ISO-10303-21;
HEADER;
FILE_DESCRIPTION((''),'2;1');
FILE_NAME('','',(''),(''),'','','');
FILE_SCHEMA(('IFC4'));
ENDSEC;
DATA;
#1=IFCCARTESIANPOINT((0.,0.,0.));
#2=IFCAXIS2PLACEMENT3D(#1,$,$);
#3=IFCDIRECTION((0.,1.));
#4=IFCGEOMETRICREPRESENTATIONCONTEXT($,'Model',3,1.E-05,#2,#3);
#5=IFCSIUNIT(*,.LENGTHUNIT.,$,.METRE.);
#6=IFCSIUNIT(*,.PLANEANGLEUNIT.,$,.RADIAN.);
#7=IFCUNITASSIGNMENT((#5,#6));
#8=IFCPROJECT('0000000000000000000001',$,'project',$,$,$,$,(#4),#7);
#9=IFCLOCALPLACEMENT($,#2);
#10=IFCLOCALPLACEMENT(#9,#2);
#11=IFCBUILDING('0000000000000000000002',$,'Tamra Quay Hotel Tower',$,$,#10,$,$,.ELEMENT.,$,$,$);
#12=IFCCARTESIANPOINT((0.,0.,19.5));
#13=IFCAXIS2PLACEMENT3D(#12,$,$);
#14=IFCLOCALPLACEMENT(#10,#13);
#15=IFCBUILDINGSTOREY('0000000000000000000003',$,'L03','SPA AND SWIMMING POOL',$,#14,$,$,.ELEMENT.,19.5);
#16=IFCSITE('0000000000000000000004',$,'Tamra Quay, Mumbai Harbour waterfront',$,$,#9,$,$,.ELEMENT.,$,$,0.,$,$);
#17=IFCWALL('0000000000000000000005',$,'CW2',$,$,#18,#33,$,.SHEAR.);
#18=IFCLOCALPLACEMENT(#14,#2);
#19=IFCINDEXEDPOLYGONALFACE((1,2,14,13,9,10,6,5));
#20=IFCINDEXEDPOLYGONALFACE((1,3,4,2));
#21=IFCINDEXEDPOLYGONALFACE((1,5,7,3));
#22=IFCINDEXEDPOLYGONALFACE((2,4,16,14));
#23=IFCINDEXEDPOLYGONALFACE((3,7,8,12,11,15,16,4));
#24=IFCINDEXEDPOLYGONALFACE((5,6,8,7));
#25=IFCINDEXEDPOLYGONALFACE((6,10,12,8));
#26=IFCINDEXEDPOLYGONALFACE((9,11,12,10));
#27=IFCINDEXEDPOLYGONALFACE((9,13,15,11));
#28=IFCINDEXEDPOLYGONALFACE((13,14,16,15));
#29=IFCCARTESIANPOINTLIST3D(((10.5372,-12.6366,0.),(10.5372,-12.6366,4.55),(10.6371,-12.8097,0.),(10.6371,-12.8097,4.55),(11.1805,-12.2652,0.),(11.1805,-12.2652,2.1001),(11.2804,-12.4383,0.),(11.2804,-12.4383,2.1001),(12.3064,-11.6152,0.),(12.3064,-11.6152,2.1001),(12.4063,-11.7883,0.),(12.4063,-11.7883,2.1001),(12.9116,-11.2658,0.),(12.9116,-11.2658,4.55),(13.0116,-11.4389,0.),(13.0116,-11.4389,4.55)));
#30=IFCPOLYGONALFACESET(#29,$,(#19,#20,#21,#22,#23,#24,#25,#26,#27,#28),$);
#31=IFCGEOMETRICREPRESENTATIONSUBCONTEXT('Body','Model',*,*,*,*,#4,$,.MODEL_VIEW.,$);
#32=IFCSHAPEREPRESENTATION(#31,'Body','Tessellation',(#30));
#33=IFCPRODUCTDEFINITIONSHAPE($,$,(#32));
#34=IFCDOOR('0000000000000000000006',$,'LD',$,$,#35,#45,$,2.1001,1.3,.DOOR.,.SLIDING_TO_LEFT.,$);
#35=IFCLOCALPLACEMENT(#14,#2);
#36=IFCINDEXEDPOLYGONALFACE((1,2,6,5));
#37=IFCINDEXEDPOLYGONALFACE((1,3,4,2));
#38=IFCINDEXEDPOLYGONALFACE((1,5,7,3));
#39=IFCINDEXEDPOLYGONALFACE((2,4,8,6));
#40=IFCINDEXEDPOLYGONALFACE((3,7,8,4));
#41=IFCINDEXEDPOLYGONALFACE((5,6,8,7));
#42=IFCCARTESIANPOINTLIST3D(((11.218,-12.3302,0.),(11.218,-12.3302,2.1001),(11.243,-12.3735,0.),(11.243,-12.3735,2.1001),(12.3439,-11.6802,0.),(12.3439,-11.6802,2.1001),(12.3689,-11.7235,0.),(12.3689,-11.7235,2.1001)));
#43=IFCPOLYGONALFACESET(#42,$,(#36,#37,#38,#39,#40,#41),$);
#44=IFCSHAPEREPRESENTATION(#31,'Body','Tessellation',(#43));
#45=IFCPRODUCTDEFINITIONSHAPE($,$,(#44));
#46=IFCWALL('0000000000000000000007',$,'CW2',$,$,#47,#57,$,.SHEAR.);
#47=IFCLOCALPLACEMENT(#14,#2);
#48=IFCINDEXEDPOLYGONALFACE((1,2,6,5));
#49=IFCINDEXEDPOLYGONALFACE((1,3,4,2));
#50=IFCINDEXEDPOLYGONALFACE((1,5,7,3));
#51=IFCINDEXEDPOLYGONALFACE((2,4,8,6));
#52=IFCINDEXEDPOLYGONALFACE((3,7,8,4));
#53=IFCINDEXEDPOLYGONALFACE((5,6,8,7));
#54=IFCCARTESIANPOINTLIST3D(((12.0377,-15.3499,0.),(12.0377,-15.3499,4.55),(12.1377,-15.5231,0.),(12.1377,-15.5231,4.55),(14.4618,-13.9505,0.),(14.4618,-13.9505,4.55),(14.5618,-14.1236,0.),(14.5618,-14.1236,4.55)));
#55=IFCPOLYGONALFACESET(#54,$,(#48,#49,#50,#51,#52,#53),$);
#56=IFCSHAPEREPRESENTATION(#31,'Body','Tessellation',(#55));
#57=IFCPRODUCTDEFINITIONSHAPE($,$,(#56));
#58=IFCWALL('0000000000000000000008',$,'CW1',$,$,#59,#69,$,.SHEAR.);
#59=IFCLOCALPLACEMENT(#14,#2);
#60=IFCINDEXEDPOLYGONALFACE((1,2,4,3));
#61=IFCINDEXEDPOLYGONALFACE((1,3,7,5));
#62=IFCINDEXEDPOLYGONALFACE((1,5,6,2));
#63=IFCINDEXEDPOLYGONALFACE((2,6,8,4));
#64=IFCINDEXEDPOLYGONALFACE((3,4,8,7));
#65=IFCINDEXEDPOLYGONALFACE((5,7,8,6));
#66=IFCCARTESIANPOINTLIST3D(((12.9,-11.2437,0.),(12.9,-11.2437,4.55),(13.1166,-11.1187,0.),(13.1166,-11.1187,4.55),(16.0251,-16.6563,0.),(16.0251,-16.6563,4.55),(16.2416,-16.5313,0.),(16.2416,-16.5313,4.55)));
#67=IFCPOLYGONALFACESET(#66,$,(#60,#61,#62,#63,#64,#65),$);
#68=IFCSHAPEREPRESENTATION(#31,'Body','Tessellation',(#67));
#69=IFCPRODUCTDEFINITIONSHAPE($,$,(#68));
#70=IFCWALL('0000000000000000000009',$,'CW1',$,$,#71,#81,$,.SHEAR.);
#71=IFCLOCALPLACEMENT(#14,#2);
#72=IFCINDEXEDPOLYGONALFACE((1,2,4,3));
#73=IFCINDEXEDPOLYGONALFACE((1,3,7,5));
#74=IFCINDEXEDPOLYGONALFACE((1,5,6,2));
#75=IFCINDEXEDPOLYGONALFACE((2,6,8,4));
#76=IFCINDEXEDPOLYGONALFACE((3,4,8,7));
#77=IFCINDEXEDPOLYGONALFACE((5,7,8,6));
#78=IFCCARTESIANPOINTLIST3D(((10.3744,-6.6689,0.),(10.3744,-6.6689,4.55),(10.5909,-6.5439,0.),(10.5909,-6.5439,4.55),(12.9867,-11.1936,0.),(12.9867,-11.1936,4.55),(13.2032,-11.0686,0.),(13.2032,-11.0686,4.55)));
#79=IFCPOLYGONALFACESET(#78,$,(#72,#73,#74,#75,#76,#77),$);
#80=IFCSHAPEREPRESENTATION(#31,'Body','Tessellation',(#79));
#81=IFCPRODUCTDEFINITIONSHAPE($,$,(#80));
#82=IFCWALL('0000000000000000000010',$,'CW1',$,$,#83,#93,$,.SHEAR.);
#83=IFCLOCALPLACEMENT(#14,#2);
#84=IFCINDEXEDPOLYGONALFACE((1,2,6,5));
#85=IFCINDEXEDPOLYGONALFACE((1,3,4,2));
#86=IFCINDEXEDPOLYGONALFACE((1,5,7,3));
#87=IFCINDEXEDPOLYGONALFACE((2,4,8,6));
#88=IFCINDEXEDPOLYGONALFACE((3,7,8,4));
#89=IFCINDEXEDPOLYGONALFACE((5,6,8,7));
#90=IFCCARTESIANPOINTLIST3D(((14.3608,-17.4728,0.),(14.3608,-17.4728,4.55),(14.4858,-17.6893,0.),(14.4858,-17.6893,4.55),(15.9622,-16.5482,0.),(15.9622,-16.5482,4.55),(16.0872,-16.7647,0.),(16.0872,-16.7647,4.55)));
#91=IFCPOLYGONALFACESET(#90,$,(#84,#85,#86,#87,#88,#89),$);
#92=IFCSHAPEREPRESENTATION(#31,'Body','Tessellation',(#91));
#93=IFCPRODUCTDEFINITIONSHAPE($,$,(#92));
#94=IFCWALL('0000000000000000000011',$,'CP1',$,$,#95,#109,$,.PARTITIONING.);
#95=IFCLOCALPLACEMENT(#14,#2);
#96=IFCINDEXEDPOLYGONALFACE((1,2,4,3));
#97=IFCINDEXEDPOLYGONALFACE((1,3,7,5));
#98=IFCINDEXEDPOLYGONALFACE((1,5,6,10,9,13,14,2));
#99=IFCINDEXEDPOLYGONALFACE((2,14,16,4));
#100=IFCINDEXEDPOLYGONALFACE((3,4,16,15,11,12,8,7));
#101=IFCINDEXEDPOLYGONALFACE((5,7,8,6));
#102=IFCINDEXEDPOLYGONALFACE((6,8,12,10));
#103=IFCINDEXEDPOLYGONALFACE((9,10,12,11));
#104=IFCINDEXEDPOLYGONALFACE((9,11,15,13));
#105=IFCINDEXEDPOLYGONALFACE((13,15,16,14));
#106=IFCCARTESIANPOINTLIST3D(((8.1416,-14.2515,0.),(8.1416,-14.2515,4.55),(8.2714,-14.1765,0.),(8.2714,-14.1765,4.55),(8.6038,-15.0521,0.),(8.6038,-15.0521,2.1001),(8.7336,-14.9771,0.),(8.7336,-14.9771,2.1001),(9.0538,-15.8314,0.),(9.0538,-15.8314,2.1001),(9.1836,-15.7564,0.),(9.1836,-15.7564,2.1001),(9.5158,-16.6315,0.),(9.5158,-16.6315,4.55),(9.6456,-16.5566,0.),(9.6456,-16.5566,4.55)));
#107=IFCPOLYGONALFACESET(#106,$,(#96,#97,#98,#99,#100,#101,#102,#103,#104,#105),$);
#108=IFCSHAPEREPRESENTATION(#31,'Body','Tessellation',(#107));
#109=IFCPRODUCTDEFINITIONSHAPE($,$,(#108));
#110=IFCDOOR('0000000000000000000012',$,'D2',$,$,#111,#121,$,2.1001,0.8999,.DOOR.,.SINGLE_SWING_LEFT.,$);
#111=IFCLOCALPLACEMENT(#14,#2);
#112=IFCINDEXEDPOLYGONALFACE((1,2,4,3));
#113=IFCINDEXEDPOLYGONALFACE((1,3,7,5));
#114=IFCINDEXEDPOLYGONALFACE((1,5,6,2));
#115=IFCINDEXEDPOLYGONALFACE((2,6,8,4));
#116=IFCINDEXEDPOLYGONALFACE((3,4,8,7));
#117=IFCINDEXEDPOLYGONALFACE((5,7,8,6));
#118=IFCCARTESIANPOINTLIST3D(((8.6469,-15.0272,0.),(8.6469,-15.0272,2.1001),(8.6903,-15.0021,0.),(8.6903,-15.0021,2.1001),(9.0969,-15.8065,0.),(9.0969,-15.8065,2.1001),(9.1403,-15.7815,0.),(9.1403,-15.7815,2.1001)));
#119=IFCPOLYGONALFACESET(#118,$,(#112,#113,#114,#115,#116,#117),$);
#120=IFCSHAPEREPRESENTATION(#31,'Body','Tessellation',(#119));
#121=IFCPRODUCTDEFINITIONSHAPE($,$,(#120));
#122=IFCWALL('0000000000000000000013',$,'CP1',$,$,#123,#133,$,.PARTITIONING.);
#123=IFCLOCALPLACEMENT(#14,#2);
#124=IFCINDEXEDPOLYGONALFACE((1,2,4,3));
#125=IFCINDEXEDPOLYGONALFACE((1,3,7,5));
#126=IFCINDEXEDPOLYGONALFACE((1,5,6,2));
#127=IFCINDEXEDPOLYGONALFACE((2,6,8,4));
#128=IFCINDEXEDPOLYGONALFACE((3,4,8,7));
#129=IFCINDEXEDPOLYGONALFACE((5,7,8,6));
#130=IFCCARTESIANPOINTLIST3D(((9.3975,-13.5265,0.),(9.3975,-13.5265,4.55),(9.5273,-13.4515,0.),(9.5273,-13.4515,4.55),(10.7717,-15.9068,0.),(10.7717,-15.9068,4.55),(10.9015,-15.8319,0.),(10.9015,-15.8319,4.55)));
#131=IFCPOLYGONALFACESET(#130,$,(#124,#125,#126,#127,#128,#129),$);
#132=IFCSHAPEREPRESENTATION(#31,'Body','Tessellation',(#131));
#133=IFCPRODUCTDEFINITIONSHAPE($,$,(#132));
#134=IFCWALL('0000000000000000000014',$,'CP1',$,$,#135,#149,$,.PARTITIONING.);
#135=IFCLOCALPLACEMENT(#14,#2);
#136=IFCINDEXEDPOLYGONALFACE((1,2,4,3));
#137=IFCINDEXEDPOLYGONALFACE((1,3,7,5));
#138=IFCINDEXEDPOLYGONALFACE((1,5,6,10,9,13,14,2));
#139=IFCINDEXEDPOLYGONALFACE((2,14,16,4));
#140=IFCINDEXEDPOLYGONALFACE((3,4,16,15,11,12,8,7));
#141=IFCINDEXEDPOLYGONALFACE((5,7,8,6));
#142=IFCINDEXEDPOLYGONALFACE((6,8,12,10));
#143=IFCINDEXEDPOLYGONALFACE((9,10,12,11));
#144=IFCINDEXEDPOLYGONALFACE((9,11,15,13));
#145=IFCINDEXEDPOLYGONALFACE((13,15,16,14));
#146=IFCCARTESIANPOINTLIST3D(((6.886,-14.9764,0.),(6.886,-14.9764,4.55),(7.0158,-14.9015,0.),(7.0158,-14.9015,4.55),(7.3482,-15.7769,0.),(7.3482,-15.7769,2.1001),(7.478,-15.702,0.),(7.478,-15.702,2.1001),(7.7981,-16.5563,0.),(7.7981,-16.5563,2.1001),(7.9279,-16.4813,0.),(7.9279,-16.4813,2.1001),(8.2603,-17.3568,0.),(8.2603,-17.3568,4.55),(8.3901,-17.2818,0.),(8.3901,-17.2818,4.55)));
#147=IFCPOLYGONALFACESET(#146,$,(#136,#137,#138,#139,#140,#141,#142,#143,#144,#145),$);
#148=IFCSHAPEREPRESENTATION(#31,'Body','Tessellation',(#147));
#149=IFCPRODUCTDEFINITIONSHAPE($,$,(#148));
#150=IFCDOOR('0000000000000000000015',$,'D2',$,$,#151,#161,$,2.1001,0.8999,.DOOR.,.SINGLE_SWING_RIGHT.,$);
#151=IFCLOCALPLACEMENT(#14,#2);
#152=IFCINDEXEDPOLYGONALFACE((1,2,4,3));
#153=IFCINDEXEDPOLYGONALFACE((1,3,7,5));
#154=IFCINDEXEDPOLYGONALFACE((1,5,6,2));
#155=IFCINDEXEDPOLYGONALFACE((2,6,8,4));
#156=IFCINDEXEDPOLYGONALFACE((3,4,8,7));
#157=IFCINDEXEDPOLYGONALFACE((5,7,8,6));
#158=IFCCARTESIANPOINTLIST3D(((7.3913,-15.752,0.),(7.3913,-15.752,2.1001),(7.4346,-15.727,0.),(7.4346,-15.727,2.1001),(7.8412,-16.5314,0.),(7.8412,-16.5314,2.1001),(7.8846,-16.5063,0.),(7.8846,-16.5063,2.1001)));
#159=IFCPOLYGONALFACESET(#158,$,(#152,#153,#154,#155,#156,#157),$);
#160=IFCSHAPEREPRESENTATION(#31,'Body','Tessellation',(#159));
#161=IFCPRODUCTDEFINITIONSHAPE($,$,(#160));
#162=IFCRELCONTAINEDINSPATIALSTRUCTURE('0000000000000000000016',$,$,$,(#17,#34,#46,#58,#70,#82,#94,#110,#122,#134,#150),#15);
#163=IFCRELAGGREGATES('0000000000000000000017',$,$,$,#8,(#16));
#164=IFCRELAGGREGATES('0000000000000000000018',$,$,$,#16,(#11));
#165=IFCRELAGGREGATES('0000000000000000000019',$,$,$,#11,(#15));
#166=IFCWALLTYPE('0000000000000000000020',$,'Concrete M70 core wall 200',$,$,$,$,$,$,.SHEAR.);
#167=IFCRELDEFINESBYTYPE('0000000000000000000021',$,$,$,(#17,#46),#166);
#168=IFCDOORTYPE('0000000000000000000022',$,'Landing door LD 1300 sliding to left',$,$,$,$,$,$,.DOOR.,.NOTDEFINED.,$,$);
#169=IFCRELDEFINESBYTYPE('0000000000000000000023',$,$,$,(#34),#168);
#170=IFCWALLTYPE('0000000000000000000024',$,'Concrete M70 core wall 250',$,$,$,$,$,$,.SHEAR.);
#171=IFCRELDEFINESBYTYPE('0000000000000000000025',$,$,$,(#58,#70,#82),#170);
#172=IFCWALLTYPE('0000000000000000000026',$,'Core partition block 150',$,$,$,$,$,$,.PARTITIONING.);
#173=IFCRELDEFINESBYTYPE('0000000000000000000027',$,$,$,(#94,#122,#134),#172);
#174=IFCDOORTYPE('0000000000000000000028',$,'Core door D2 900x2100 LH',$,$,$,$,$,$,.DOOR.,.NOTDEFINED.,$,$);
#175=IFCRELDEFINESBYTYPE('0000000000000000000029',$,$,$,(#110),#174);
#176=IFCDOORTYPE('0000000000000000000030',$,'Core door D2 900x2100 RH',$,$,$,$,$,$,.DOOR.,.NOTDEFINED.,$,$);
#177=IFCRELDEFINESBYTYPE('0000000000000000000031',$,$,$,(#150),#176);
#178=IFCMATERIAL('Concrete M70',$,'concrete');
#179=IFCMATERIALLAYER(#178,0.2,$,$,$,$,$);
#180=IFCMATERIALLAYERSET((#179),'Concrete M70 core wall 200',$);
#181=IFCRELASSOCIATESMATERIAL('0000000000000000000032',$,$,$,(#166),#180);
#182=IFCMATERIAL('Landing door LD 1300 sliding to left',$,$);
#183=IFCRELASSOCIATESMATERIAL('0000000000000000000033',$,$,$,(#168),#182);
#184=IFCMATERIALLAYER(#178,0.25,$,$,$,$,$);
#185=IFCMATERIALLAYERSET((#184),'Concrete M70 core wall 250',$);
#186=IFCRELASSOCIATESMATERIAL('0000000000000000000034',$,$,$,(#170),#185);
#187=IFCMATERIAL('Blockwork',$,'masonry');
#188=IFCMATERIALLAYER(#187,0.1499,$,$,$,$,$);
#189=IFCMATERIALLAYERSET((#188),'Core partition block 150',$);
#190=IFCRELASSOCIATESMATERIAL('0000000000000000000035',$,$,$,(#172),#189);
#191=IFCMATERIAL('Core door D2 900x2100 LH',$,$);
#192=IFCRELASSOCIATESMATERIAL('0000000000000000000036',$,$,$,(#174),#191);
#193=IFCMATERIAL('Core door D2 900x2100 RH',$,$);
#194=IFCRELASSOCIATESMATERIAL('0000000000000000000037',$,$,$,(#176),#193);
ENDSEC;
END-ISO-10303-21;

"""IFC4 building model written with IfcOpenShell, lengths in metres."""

from ifc_helpers import new_model, si_unit, direction, frame, frame_2d, origin, place, context, subcontext, project, spatial, rectangle, extrude, material, layer, layer_set, type_object, element, fill, save


model = new_model("IFC4")

# Units and contexts
model_context = context("Model", 3, precision=1e-05, world=origin(), true_north=direction((0.0, 1.0)))
body_context = subcontext(model_context, "Body", "Model", "MODEL_VIEW")
ifc_project = project(units=[si_unit("LENGTHUNIT", "METRE"), si_unit("PLANEANGLEUNIT", "RADIAN")], contexts=[model_context])

# Site, building, storey
site_placement = place(None, origin())
site = spatial("IfcSite", under=ifc_project, at=site_placement, Name="Tamra Quay, Mumbai Harbour waterfront", CompositionType="ELEMENT", RefElevation=0.0)
building_placement = place(site_placement, origin())
building = spatial("IfcBuilding", under=site, at=building_placement, Name="Tamra Quay Hotel Tower", CompositionType="ELEMENT")
storey_placement = place(building_placement, frame((0.0, 0.0, 19.5)))
storey = spatial("IfcBuildingStorey", under=building, at=storey_placement, Name="L03", Description="SPA AND SWIMMING POOL", CompositionType="ELEMENT", Elevation=19.5)

# Shared definitions
ifc_material_1 = material(Name="Concrete M70", Category="concrete")

# Shared definitions
ifc_layer_1 = layer(ifc_material_1, 0.2)
ifc_layer_set_1 = layer_set([ifc_layer_1], Name="Concrete M70 core wall 200")
wall_type_1 = type_object("IfcWallType", Name="Concrete M70 core wall 200", PredefinedType="SHEAR", material=ifc_layer_set_1)

# Wall, opening, door
wall_1_placement = place(storey_placement, frame((10.5872, -12.7231, 0.0), z_axis=(0.0, 0.0, 1.0), x_axis=(0.866037, 0.499979, 0.0)))
wall_1 = element("IfcWall", 1, at=wall_1_placement, inside=storey, type_object=wall_type_1, Name="CW2", PredefinedType="SHEAR", context=body_context, shape_type="SweptSolid", body=[
    extrude(rectangle(XDim=2.7417, YDim=0.2, at=frame_2d((1.3708, 0.0))), origin(), (0.0, 0.0, 1.0), 4.55),
])
opening_1_placement = place(wall_1_placement, frame((0.7429, 0.0, 0.0)))
opening_1 = element("IfcOpeningElement", 2, at=opening_1_placement, cuts=wall_1, PredefinedType="OPENING", context=body_context, shape_type="SweptSolid", body=[
    extrude(rectangle(XDim=1.3, YDim=2.1001, at=frame_2d((0.6499, 1.05))), frame((0.0, 0.1099, 0.0), z_axis=(0.0, -1.0, 0.0), x_axis=(1.0, 0.0, 0.0)), (0.0, 0.0, 1.0), 0.22),
])
ifc_material_2 = material(Name="Landing door LD 1300 sliding to left")
door_type_1 = type_object("IfcDoorType", Name="Landing door LD 1300 sliding to left", OperationType="NOTDEFINED", PredefinedType="DOOR", material=ifc_material_2)
door_1_placement = place(opening_1_placement, origin())
door_1 = element("IfcDoor", 3, at=door_1_placement, inside=storey, type_object=door_type_1, Name="LD", OperationType="SLIDING_TO_LEFT", OverallHeight=2.1001, OverallWidth=1.3, PredefinedType="DOOR", context=body_context, shape_type="SweptSolid", body=[
    extrude(rectangle(XDim=1.3, YDim=2.1001, at=frame_2d((0.6499, 1.05))), frame((0.0, 0.0249, 0.0), z_axis=(0.0, -1.0, 0.0), x_axis=(1.0, 0.0, 0.0)), (0.0, 0.0, 1.0), 0.05),
])
fill(opening_1, door_1)

# Walls
wall_2_placement = place(storey_placement, frame((14.5117, -14.0371, 0.0), z_axis=(0.0, 0.0, 1.0), x_axis=(-0.866045, -0.499967, 0.0)))
element("IfcWall", 4, at=wall_2_placement, inside=storey, type_object=wall_type_1, Name="CW2", PredefinedType="SHEAR", context=body_context, shape_type="SweptSolid", body=[
    extrude(rectangle(XDim=2.7991, YDim=0.2, at=frame_2d((1.3994, 0.0))), origin(), (0.0, 0.0, 1.0), 4.55),
])
ifc_layer_2 = layer(ifc_material_1, 0.25)
ifc_layer_set_2 = layer_set([ifc_layer_2], Name="Concrete M70 core wall 250")
wall_type_2 = type_object("IfcWallType", Name="Concrete M70 core wall 250", PredefinedType="SHEAR", material=ifc_layer_set_2)
wall_3_placement = place(storey_placement, frame((13.0083, -11.1812, 0.0), z_axis=(0.0, 0.0, 1.0), x_axis=(0.500004, -0.866023, 0.0)))
element("IfcWall", 5, at=wall_3_placement, inside=storey, type_object=wall_type_2, Name="CW1", PredefinedType="SHEAR", context=body_context, shape_type="SweptSolid", body=[
    extrude(rectangle(XDim=6.25, YDim=0.25, at=frame_2d((3.125, 0.0))), origin(), (0.0, 0.0, 1.0), 4.55),
])
wall_4_placement = place(storey_placement, frame((10.4827, -6.6064, 0.0), z_axis=(0.0, 0.0, 1.0), x_axis=(0.499999, -0.866026, 0.0)))
element("IfcWall", 6, at=wall_4_placement, inside=storey, type_object=wall_type_2, Name="CW1", PredefinedType="SHEAR", context=body_context, shape_type="SweptSolid", body=[
    extrude(rectangle(XDim=5.2246, YDim=0.25, at=frame_2d((2.6123, 0.0))), origin(), (0.0, 0.0, 1.0), 4.55),
])
wall_5_placement = place(storey_placement, frame((16.0247, -16.6565, 0.0), z_axis=(0.0, 0.0, 1.0), x_axis=(-0.866016, -0.500016, 0.0)))
element("IfcWall", 7, at=wall_5_placement, inside=storey, type_object=wall_type_2, Name="CW1", PredefinedType="SHEAR", context=body_context, shape_type="SweptSolid", body=[
    extrude(rectangle(XDim=1.8491, YDim=0.25, at=frame_2d((0.9246, 0.0))), origin(), (0.0, 0.0, 1.0), 4.55),
])

# Wall, opening, door
ifc_material_3 = material(Name="Blockwork", Category="masonry")
ifc_layer_3 = layer(ifc_material_3, 0.1499)
ifc_layer_set_3 = layer_set([ifc_layer_3], Name="Core partition block 150")
wall_type_3 = type_object("IfcWallType", Name="Core partition block 150", PredefinedType="PARTITIONING", material=ifc_layer_set_3)
wall_6_placement = place(storey_placement, frame((8.2065, -14.2141, 0.0), z_axis=(0.0, 0.0, 1.0), x_axis=(0.500027, -0.86601, 0.0)))
wall_6 = element("IfcWall", 8, at=wall_6_placement, inside=storey, type_object=wall_type_3, Name="CP1", PredefinedType="PARTITIONING", context=body_context, shape_type="SweptSolid", body=[
    extrude(rectangle(XDim=2.7483, YDim=0.1499, at=frame_2d((1.374, 0.0))), origin(), (0.0, 0.0, 1.0), 4.55),
])
opening_2_placement = place(wall_6_placement, frame((0.9243, 0.0, 0.0)))
opening_2 = element("IfcOpeningElement", 9, at=opening_2_placement, cuts=wall_6, PredefinedType="OPENING", context=body_context, shape_type="SweptSolid", body=[
    extrude(rectangle(XDim=0.8999, YDim=2.1001, at=frame_2d((0.45, 1.05))), frame((0.0, 0.085, 0.0), z_axis=(0.0, -1.0, 0.0), x_axis=(1.0, 0.0, 0.0)), (0.0, 0.0, 1.0), 0.1699),
])
ifc_material_4 = material(Name="Core door D2 900x2100 LH")
door_type_2 = type_object("IfcDoorType", Name="Core door D2 900x2100 LH", OperationType="NOTDEFINED", PredefinedType="DOOR", material=ifc_material_4)
door_2_placement = place(opening_2_placement, origin())
door_2 = element("IfcDoor", 10, at=door_2_placement, inside=storey, type_object=door_type_2, Name="D2", OperationType="SINGLE_SWING_LEFT", OverallHeight=2.1001, OverallWidth=0.8999, PredefinedType="DOOR", context=body_context, shape_type="SweptSolid", body=[
    extrude(rectangle(XDim=0.8999, YDim=2.1001, at=frame_2d((0.45, 1.05))), frame((0.0, 0.0249, 0.0), z_axis=(0.0, -1.0, 0.0), x_axis=(1.0, 0.0, 0.0)), (0.0, 0.0, 1.0), 0.05),
])
fill(opening_2, door_2)

# Wall
wall_7_placement = place(storey_placement, frame((9.4624, -13.489, 0.0), z_axis=(0.0, 0.0, 1.0), x_axis=(0.499989, -0.866032, 0.0)))
element("IfcWall", 11, at=wall_7_placement, inside=storey, type_object=wall_type_3, Name="CP1", PredefinedType="PARTITIONING", context=body_context, shape_type="SweptSolid", body=[
    extrude(rectangle(XDim=2.7485, YDim=0.1499, at=frame_2d((1.3743, 0.0))), origin(), (0.0, 0.0, 1.0), 4.55),
])

# Wall, opening, door
wall_8_placement = place(storey_placement, frame((6.9509, -14.939, 0.0), z_axis=(0.0, 0.0, 1.0), x_axis=(0.499989, -0.866032, 0.0)))
wall_8 = element("IfcWall", 12, at=wall_8_placement, inside=storey, type_object=wall_type_3, Name="CP1", PredefinedType="PARTITIONING", context=body_context, shape_type="SweptSolid", body=[
    extrude(rectangle(XDim=2.7485, YDim=0.1499, at=frame_2d((1.3743, 0.0))), origin(), (0.0, 0.0, 1.0), 4.55),
])
opening_3_placement = place(wall_8_placement, frame((0.9243, 0.0, 0.0)))
opening_3 = element("IfcOpeningElement", 13, at=opening_3_placement, cuts=wall_8, PredefinedType="OPENING", context=body_context, shape_type="SweptSolid", body=[
    extrude(rectangle(XDim=0.8999, YDim=2.1001, at=frame_2d((0.45, 1.05))), frame((0.0, 0.085, 0.0), z_axis=(0.0, -1.0, 0.0), x_axis=(1.0, 0.0, 0.0)), (0.0, 0.0, 1.0), 0.1699),
])
ifc_material_5 = material(Name="Core door D2 900x2100 RH")
door_type_3 = type_object("IfcDoorType", Name="Core door D2 900x2100 RH", OperationType="NOTDEFINED", PredefinedType="DOOR", material=ifc_material_5)
door_3_placement = place(opening_3_placement, origin())
door_3 = element("IfcDoor", 14, at=door_3_placement, inside=storey, type_object=door_type_3, Name="D2", OperationType="SINGLE_SWING_RIGHT", OverallHeight=2.1001, OverallWidth=0.8999, PredefinedType="DOOR", context=body_context, shape_type="SweptSolid", body=[
    extrude(rectangle(XDim=0.8999, YDim=2.1001, at=frame_2d((0.45, 1.05))), frame((0.0, 0.0249, 0.0), z_axis=(0.0, -1.0, 0.0), x_axis=(1.0, 0.0, 0.0)), (0.0, 0.0, 1.0), 0.05),
])
fill(opening_3, door_3)

save(model, "model.ifc")
